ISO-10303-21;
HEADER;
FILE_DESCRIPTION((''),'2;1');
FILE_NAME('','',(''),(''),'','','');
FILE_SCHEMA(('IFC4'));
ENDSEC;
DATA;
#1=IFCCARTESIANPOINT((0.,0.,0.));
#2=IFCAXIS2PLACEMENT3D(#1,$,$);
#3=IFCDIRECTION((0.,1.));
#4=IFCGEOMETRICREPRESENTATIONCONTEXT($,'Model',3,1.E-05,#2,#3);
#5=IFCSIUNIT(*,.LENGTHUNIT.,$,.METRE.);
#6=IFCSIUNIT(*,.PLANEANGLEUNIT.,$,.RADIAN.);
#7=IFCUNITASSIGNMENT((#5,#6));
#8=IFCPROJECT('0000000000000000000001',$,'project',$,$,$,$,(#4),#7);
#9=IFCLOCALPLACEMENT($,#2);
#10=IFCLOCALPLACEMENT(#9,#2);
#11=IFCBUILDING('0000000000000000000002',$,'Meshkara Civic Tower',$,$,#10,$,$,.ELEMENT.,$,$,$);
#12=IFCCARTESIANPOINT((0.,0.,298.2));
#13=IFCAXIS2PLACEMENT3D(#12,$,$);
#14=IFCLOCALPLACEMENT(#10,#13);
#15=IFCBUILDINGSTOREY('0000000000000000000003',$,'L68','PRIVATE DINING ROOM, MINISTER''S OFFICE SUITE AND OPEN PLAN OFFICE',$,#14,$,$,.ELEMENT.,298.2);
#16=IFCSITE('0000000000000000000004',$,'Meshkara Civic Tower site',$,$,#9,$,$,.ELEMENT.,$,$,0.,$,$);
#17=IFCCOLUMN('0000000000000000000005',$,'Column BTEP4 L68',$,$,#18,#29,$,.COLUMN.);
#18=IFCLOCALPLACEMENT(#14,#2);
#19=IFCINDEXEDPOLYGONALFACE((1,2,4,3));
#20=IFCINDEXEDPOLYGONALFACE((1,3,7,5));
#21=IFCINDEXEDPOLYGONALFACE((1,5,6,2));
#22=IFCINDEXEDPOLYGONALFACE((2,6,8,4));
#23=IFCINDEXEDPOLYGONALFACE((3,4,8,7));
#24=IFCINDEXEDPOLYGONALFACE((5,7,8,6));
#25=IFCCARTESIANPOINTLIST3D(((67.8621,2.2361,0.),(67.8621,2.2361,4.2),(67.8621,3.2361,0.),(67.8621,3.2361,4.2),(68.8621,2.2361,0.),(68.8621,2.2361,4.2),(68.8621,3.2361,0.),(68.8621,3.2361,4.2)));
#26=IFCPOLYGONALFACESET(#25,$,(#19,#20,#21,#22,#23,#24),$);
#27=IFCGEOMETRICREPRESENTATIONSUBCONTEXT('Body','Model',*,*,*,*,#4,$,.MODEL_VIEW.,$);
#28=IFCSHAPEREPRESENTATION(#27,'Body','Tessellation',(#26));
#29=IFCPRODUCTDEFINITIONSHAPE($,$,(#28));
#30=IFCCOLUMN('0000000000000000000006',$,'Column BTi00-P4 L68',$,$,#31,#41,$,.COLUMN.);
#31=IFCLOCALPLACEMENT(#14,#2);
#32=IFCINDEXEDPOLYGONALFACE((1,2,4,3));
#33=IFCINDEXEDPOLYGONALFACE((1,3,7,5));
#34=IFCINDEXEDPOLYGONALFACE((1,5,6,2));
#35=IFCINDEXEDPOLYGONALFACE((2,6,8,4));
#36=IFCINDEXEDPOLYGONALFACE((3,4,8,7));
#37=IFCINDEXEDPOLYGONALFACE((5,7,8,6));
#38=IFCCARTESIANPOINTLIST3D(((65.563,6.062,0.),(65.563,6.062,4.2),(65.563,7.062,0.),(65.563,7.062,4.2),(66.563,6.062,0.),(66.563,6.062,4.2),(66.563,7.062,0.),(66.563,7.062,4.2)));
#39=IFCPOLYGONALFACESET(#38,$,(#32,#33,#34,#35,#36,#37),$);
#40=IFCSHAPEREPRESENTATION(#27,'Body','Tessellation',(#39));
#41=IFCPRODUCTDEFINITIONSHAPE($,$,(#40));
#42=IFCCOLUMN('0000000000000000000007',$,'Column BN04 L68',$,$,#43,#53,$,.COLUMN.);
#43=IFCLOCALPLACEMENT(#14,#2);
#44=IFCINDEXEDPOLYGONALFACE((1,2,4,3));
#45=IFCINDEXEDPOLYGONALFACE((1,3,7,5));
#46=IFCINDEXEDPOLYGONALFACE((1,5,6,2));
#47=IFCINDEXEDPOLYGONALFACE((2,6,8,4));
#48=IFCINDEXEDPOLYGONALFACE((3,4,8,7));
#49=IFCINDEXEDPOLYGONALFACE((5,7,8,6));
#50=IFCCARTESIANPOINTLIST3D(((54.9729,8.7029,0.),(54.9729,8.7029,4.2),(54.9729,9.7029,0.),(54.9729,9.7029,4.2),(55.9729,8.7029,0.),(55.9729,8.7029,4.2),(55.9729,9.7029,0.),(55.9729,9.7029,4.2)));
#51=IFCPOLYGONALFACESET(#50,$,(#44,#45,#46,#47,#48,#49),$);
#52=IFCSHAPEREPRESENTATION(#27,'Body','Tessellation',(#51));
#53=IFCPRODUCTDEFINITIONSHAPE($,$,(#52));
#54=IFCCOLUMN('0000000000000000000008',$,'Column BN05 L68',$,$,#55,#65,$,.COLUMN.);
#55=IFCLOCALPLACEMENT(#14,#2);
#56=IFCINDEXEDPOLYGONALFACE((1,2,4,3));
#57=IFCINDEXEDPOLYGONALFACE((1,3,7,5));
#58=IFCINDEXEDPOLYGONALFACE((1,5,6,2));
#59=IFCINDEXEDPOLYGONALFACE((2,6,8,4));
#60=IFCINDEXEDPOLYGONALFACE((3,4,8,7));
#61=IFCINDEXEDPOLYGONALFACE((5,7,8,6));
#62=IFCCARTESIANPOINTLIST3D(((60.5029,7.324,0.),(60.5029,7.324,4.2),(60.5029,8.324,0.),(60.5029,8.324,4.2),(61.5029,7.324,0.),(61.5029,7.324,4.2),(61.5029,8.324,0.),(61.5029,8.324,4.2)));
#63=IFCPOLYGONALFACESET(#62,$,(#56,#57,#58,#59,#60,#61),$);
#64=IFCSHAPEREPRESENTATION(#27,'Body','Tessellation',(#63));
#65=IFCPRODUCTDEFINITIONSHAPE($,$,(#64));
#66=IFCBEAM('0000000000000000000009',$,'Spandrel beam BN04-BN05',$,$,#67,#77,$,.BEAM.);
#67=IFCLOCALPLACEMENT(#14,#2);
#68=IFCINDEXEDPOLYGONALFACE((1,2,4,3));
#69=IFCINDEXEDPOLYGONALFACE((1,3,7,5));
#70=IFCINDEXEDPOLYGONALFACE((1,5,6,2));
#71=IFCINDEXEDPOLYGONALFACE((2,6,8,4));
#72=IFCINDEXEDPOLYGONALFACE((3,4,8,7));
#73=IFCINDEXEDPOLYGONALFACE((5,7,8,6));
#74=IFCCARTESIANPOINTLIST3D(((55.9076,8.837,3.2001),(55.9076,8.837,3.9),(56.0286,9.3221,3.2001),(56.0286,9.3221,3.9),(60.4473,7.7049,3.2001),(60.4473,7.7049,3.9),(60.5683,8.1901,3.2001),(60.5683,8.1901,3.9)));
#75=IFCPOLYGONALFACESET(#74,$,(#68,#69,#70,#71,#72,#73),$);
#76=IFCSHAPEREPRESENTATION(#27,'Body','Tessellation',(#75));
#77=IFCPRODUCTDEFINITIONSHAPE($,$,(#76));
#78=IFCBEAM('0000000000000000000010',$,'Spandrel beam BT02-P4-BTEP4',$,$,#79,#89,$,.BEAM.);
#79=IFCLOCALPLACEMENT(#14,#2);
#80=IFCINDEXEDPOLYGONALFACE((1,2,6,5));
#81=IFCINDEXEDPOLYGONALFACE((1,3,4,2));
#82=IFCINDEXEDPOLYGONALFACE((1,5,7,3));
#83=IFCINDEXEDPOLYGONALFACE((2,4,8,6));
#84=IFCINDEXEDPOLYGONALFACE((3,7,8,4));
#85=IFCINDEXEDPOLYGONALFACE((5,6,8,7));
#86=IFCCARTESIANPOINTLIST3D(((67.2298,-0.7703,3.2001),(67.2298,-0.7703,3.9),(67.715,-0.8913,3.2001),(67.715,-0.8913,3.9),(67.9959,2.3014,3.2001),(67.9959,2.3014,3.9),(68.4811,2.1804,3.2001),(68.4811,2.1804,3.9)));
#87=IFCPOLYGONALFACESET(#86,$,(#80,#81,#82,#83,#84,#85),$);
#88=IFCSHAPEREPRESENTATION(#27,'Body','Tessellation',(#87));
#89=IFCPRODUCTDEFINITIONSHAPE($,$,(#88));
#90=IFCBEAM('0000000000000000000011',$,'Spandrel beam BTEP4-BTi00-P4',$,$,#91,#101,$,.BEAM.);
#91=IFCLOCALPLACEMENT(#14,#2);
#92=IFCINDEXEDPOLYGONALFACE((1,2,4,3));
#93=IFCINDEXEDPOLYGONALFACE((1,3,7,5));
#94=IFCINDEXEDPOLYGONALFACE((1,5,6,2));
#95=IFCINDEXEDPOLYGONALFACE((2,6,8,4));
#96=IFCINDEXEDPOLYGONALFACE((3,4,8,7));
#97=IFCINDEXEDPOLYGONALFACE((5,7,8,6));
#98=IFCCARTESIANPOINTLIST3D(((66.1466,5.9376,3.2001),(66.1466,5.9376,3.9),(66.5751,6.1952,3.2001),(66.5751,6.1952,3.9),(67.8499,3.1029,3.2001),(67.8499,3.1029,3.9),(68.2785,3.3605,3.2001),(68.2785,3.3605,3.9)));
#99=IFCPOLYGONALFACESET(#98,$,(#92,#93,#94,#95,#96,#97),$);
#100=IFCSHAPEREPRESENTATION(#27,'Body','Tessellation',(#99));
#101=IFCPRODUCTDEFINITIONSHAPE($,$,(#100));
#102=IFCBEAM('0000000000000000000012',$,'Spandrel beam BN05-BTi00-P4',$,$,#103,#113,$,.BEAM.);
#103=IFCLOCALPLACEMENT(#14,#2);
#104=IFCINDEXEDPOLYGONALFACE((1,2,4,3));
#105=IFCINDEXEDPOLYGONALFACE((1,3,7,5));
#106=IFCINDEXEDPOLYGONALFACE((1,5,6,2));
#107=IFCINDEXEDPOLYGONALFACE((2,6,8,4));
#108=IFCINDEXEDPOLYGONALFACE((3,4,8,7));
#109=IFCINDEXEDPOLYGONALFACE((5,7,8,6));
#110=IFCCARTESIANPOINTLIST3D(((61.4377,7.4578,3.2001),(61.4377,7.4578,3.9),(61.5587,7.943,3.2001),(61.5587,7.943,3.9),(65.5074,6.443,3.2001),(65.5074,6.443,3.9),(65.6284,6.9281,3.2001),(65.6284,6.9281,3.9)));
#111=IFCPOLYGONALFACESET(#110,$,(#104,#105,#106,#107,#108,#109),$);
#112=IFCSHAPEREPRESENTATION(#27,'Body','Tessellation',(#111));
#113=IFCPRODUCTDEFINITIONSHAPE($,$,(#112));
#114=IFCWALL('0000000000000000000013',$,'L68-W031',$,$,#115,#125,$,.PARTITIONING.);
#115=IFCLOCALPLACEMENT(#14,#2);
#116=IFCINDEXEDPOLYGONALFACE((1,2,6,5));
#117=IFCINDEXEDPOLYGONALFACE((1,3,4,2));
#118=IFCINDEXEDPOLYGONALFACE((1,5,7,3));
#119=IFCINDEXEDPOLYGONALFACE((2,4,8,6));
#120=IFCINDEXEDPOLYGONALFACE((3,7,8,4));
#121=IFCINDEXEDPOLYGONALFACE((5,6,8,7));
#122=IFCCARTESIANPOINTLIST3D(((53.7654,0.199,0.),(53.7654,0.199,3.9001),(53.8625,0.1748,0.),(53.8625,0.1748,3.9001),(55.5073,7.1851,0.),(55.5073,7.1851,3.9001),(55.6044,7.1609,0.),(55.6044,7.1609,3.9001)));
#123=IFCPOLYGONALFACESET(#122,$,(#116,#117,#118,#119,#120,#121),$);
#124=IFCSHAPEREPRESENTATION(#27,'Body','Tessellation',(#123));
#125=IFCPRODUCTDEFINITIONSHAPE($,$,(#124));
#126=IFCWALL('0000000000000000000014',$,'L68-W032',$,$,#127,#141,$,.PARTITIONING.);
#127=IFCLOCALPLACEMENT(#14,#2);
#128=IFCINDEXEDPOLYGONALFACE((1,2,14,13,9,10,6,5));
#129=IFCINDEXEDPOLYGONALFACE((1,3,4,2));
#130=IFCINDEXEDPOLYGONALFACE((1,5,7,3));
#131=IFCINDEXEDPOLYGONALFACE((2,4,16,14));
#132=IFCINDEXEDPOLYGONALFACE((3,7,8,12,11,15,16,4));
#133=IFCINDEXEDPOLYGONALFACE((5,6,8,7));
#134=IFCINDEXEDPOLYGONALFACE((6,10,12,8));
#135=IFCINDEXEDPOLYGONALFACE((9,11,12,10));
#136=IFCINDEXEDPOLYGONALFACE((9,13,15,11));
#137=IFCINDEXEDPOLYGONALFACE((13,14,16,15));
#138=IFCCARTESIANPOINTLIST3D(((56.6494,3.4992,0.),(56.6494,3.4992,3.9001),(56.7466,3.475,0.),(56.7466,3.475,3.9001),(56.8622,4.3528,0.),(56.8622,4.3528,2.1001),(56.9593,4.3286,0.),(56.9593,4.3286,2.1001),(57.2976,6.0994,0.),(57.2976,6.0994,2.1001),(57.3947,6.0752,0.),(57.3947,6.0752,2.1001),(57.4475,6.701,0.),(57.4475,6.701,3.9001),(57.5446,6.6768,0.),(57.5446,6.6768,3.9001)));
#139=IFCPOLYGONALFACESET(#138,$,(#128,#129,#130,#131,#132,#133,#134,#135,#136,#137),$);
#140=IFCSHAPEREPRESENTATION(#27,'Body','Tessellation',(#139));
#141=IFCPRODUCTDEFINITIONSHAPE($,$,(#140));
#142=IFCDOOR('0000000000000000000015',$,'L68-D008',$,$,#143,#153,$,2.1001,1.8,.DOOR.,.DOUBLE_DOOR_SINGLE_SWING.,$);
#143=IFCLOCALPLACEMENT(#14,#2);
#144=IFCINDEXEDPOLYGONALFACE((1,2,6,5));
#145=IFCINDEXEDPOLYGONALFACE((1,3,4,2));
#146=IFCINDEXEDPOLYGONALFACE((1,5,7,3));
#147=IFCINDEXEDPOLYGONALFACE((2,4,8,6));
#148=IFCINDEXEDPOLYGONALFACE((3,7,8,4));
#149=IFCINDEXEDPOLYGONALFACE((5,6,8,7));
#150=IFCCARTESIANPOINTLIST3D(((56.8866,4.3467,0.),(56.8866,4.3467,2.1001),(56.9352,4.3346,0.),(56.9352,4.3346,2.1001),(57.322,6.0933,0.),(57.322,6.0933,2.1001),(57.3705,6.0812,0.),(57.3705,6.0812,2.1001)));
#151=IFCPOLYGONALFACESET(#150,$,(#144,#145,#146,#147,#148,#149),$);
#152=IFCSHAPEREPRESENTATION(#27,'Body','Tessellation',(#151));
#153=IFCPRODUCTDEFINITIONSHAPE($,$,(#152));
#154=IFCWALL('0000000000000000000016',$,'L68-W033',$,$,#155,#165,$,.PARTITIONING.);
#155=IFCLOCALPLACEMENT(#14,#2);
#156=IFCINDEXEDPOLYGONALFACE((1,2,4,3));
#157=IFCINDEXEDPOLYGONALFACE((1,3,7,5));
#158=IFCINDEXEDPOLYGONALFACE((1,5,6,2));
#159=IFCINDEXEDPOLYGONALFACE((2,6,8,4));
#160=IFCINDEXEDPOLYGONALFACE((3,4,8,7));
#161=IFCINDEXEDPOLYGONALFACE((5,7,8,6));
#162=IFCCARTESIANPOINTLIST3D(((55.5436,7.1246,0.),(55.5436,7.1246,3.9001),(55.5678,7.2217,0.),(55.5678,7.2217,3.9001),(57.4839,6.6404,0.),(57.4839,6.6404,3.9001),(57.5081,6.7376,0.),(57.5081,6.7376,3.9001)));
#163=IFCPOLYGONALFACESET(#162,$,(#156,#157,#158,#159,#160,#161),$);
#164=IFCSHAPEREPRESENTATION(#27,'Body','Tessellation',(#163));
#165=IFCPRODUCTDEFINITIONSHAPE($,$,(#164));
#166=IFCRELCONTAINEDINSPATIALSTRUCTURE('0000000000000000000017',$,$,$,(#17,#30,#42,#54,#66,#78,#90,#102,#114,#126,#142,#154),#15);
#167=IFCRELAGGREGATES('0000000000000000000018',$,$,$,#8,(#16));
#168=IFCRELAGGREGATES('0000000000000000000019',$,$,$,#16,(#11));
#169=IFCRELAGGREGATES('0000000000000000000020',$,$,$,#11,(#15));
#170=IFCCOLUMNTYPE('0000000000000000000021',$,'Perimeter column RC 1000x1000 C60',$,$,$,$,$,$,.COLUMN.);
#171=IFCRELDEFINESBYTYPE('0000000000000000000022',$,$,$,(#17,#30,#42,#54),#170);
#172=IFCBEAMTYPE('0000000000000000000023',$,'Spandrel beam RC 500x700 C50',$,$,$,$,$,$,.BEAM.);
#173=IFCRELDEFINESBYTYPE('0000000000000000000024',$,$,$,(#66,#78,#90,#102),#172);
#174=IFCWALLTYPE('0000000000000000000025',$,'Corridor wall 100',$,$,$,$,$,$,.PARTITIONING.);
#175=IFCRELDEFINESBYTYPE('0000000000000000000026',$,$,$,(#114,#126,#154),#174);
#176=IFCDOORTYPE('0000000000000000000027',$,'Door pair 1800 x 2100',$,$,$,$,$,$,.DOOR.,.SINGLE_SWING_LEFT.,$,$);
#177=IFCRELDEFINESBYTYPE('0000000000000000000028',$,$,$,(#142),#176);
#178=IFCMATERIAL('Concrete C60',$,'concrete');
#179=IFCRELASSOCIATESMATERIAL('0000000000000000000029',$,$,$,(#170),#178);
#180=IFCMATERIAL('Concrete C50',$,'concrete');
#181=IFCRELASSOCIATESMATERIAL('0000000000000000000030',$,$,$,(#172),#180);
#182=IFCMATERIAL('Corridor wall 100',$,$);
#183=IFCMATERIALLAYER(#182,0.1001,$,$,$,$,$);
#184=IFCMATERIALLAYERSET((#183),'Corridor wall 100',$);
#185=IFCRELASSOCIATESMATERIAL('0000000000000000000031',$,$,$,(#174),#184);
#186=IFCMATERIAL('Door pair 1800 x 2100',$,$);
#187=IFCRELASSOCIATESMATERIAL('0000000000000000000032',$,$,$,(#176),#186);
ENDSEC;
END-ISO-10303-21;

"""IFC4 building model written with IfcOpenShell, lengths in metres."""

from ifc_helpers import new_model, si_unit, direction, frame, frame_2d, origin, origin_2d, place, context, subcontext, project, spatial, rectangle, extrude, material, layer, layer_set, material_profile, profile_set, type_object, element, fill, save


model = new_model("IFC4")

# Units and contexts
model_context = context("Model", 3, precision=1e-05, world=origin(), true_north=direction((0.0, 1.0)))
body_context = subcontext(model_context, "Body", "Model", "MODEL_VIEW")
ifc_project = project(units=[si_unit("LENGTHUNIT", "METRE"), si_unit("PLANEANGLEUNIT", "RADIAN")], contexts=[model_context])

# Site, building, storey
site_placement = place(None, origin())
site = spatial("IfcSite", under=ifc_project, at=site_placement, Name="Meshkara Civic Tower site", CompositionType="ELEMENT", RefElevation=0.0)
building_placement = place(site_placement, origin())
building = spatial("IfcBuilding", under=site, at=building_placement, Name="Meshkara Civic Tower", CompositionType="ELEMENT")
storey_placement = place(building_placement, frame((0.0, 0.0, 298.2)))
storey = spatial("IfcBuildingStorey", under=building, at=storey_placement, Name="L68", Description="PRIVATE DINING ROOM, MINISTER'S OFFICE SUITE AND OPEN PLAN OFFICE", CompositionType="ELEMENT", Elevation=298.2)

# Columns
ifc_material_1 = material(Name="Concrete C60", Category="concrete")
ifc_material_profile_1 = material_profile(ifc_material_1, rectangle(XDim=1.0, YDim=1.0, at=origin_2d()))
ifc_profile_set_1 = profile_set([ifc_material_profile_1], Name="Concrete C60")
column_type = type_object("IfcColumnType", Name="Perimeter column RC 1000x1000 C60", PredefinedType="COLUMN", material=ifc_profile_set_1)
for number, where, z_axis, x_axis, name in (
    (1, (68.3621, 2.7361, 0.0), (0.0, 0.0, 1.0), (1.0, 0.0, 0.0), "Column BTEP4 L68"),
    (2, (66.063, 6.562, 0.0), (0.0, 0.0, 1.0), (1.0, 0.0, 0.0), "Column BTi00-P4 L68"),
    (3, (55.4729, 9.2029, 0.0), (0.0, 0.0, 1.0), (1.0, 0.0, 0.0), "Column BN04 L68"),
    (4, (61.0029, 7.824, 0.0), (0.0, 0.0, 1.0), (1.0, 0.0, 0.0), "Column BN05 L68"),
):
    element("IfcColumn", number, at=place(storey_placement, frame(where, z_axis=z_axis, x_axis=x_axis)), inside=storey, type_object=column_type, Name=name, PredefinedType="COLUMN", context=body_context, shape_type="SweptSolid", body=[
        extrude(rectangle(XDim=1.0, YDim=1.0, at=origin_2d()), origin(), (0.0, 0.0, 1.0), 4.2),
    ])

# Beams
ifc_material_2 = material(Name="Concrete C50", Category="concrete")
ifc_material_profile_2 = material_profile(ifc_material_2, rectangle(XDim=0.5, YDim=0.7, at=origin_2d()))
ifc_profile_set_2 = profile_set([ifc_material_profile_2], Name="Concrete C50")
beam_type = type_object("IfcBeamType", Name="Spandrel beam RC 500x700 C50", PredefinedType="BEAM", material=ifc_profile_set_2)
beam_1_placement = place(storey_placement, frame((60.5078, 7.9475, 3.55), z_axis=(-0.970287, 0.241959, 0.0), x_axis=(-0.241959, -0.970287, 0.0)))
element("IfcBeam", 5, at=beam_1_placement, inside=storey, type_object=beam_type, Name="Spandrel beam BN04-BN05", PredefinedType="BEAM", context=body_context, shape_type="SweptSolid", body=[
    extrude(rectangle(XDim=0.5, YDim=0.7, at=origin_2d()), origin(), (0.0, 0.0, 1.0), 4.6787),
])
beam_2_placement = place(storey_placement, frame((67.4724, -0.8308, 3.55), z_axis=(0.241991, 0.970278, 0.0), x_axis=(-0.970278, 0.241991, 0.0)))
element("IfcBeam", 6, at=beam_2_placement, inside=storey, type_object=beam_type, Name="Spandrel beam BT02-P4-BTEP4", PredefinedType="BEAM", context=body_context, shape_type="SweptSolid", body=[
    extrude(rectangle(XDim=0.5, YDim=0.7, at=origin_2d()), origin(), (0.0, 0.0, 1.0), 3.1658),
])
beam_3_placement = place(storey_placement, frame((68.0642, 3.2317, 3.55), z_axis=(-0.51506, 0.857154, 0.0), x_axis=(-0.857154, -0.51506, 0.0)))
element("IfcBeam", 7, at=beam_3_placement, inside=storey, type_object=beam_type, Name="Spandrel beam BTEP4-BTi00-P4", PredefinedType="BEAM", context=body_context, shape_type="SweptSolid", body=[
    extrude(rectangle(XDim=0.5, YDim=0.7, at=origin_2d()), origin(), (0.0, 0.0, 1.0), 3.3071),
])
beam_4_placement = place(storey_placement, frame((65.5679, 6.6855, 3.55), z_axis=(-0.970286, 0.24196, 0.0), x_axis=(-0.24196, -0.970286, 0.0)))
element("IfcBeam", 8, at=beam_4_placement, inside=storey, type_object=beam_type, Name="Spandrel beam BN05-BTi00-P4", PredefinedType="BEAM", context=body_context, shape_type="SweptSolid", body=[
    extrude(rectangle(XDim=0.5, YDim=0.7, at=origin_2d()), origin(), (0.0, 0.0, 1.0), 4.1943),
])

# Wall
ifc_material_3 = material(Name="Corridor wall 100")
ifc_layer_1 = layer(ifc_material_3, 0.1001)
ifc_layer_set_1 = layer_set([ifc_layer_1], Name="Corridor wall 100")
wall_type_1 = type_object("IfcWallType", Name="Corridor wall 100", PredefinedType="PARTITIONING", material=ifc_layer_set_1)
wall_1_placement = place(storey_placement, frame((55.5559, 7.1731, 0.0), z_axis=(0.0, 0.0, 1.0), x_axis=(-0.241937, -0.970292, 0.0)))
element("IfcWall", 9, at=wall_1_placement, inside=storey, type_object=wall_type_1, Name="L68-W031", PredefinedType="PARTITIONING", context=body_context, shape_type="SweptSolid", body=[
    extrude(rectangle(XDim=7.2, YDim=0.1001, at=frame_2d((3.6001, 0.0))), origin(), (0.0, 0.0, 1.0), 3.9001),
])

# Wall, opening, door
wall_2_placement = place(storey_placement, frame((56.698, 3.4871, 0.0), z_axis=(0.0, 0.0, 1.0), x_axis=(0.241857, 0.970312, 0.0)))
wall_2 = element("IfcWall", 10, at=wall_2_placement, inside=storey, type_object=wall_type_1, Name="L68-W032", PredefinedType="PARTITIONING", context=body_context, shape_type="SweptSolid", body=[
    extrude(rectangle(XDim=3.2998, YDim=0.1001, at=frame_2d((1.6499, 0.0))), origin(), (0.0, 0.0, 1.0), 3.9001),
])
opening_1_placement = place(wall_2_placement, frame((0.8799, 0.0, 0.0)))
opening_1 = element("IfcOpeningElement", 11, at=opening_1_placement, cuts=wall_2, PredefinedType="OPENING", context=body_context, shape_type="SweptSolid", body=[
    extrude(rectangle(XDim=1.8, YDim=2.1001, at=frame_2d((0.8999, 1.05))), frame((0.0, 0.0601, 0.0), z_axis=(0.0, -1.0, 0.0), x_axis=(1.0, 0.0, 0.0)), (0.0, 0.0, 1.0), 0.1201),
])
ifc_material_4 = material(Name="Door pair 1800 x 2100")
door_type = type_object("IfcDoorType", Name="Door pair 1800 x 2100", OperationType="SINGLE_SWING_LEFT", PredefinedType="DOOR", material=ifc_material_4)
door_placement = place(opening_1_placement, origin())
door = element("IfcDoor", 12, at=door_placement, inside=storey, type_object=door_type, Name="L68-D008", OperationType="DOUBLE_DOOR_SINGLE_SWING", OverallHeight=2.1001, OverallWidth=1.8, PredefinedType="DOOR", context=body_context, shape_type="SweptSolid", body=[
    extrude(rectangle(XDim=1.8, YDim=2.1001, at=frame_2d((0.8999, 1.05))), frame((0.0, 0.0249, 0.0), z_axis=(0.0, -1.0, 0.0), x_axis=(1.0, 0.0, 0.0)), (0.0, 0.0, 1.0), 0.05),
])
fill(opening_1, door)

# Wall
wall_3_placement = place(storey_placement, frame((57.4961, 6.689, 0.0), z_axis=(0.0, 0.0, 1.0), x_axis=(-0.97025, 0.242105, 0.0)))
element("IfcWall", 13, at=wall_3_placement, inside=storey, type_object=wall_type_1, Name="L68-W033", PredefinedType="PARTITIONING", context=body_context, shape_type="SweptSolid", body=[
    extrude(rectangle(XDim=1.9998, YDim=0.1001, at=frame_2d((1.0, 0.0))), origin(), (0.0, 0.0, 1.0), 3.9001),
])

save(model, "model.ifc")
